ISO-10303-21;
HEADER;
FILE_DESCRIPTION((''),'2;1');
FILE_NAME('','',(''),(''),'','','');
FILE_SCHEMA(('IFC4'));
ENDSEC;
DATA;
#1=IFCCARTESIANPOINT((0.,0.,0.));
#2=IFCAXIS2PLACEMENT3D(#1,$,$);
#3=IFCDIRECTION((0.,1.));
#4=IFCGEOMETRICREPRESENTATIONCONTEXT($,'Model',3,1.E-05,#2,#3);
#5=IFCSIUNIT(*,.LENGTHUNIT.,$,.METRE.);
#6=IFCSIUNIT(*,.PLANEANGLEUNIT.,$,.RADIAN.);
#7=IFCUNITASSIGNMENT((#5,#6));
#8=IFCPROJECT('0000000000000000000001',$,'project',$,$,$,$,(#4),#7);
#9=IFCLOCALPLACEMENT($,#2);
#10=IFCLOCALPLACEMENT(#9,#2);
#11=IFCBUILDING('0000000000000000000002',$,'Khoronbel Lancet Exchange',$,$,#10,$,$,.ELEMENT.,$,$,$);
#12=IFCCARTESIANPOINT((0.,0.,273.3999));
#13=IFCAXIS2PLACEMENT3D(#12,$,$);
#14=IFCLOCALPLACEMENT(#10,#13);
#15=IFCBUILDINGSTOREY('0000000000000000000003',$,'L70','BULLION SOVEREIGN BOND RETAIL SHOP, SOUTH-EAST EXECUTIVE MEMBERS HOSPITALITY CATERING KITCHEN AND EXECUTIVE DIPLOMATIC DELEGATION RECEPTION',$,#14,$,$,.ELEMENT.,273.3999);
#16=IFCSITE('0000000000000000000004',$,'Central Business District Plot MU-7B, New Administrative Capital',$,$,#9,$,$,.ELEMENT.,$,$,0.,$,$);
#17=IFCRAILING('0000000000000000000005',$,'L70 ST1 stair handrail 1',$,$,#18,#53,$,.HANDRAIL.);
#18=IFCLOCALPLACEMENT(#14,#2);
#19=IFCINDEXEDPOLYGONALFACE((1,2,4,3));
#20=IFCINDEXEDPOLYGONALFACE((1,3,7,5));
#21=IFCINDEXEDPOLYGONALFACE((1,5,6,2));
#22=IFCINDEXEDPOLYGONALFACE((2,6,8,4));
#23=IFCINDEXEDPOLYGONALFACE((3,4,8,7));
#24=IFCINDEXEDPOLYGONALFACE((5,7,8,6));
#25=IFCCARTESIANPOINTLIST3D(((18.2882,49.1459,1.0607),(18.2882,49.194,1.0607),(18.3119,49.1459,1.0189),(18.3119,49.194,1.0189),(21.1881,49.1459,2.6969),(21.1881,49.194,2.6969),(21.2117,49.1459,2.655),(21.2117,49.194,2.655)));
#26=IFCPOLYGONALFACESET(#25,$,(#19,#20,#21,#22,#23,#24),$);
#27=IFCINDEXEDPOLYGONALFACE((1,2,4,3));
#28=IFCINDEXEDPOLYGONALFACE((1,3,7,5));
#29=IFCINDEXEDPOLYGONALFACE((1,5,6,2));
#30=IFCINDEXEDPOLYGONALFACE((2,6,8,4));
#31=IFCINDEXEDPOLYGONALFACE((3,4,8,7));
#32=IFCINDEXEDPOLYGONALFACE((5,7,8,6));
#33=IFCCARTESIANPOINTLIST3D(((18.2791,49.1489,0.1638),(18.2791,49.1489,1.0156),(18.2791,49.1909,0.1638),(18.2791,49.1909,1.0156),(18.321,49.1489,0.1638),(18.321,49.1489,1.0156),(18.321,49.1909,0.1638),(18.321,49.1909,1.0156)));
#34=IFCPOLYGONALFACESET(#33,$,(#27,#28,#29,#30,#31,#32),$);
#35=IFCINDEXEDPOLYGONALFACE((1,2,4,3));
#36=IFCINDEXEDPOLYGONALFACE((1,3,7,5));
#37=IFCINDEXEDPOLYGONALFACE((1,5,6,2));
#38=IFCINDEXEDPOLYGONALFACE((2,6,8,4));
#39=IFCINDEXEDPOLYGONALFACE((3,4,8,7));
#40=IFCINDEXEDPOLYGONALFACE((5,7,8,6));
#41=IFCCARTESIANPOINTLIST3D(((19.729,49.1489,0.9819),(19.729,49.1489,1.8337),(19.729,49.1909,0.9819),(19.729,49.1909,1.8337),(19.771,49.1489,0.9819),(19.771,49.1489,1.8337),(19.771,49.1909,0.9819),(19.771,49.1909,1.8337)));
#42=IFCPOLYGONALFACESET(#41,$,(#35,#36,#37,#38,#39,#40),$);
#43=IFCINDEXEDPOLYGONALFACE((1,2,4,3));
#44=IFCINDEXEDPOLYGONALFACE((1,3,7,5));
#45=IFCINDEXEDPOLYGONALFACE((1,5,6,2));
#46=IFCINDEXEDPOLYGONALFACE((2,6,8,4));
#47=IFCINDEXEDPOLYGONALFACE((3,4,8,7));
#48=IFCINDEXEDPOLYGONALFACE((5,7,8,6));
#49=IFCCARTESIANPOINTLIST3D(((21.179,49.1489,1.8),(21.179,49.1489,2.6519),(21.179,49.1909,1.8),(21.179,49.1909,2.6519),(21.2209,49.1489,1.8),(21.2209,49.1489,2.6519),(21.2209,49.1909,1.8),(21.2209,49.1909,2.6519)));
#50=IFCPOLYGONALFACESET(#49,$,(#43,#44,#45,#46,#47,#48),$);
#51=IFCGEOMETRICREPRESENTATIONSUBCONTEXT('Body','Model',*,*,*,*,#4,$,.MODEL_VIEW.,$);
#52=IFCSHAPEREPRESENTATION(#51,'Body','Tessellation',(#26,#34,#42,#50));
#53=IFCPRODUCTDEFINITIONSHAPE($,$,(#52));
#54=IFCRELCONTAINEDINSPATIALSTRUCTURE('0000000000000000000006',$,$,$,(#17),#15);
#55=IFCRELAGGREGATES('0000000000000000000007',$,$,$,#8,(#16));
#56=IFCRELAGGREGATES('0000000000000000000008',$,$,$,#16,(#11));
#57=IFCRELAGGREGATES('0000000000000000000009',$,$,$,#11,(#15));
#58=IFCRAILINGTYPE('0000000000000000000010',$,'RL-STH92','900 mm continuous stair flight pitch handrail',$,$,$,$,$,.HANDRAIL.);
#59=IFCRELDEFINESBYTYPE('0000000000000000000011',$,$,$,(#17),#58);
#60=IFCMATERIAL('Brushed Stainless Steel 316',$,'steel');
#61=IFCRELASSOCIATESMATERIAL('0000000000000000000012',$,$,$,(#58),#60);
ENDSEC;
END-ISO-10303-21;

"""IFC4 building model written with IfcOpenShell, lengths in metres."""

from ifc_helpers import new_model, si_unit, direction, frame, origin, origin_2d, place, context, subcontext, project, spatial, rectangle, extrude, material, type_object, element, save


model = new_model("IFC4")

# Units and contexts
model_context = context("Model", 3, precision=1e-05, world=origin(), true_north=direction((0.0, 1.0)))
body_context = subcontext(model_context, "Body", "Model", "MODEL_VIEW")
ifc_project = project(units=[si_unit("LENGTHUNIT", "METRE"), si_unit("PLANEANGLEUNIT", "RADIAN")], contexts=[model_context])

# Site, building, storey
site_placement = place(None, origin())
site = spatial("IfcSite", under=ifc_project, at=site_placement, Name="Central Business District Plot MU-7B, New Administrative Capital", CompositionType="ELEMENT", RefElevation=0.0)
building_placement = place(site_placement, origin())
building = spatial("IfcBuilding", under=site, at=building_placement, Name="Khoronbel Lancet Exchange", CompositionType="ELEMENT")
storey_placement = place(building_placement, frame((0.0, 0.0, 273.3999)))
storey = spatial("IfcBuildingStorey", under=building, at=storey_placement, Name="L70", Description="BULLION SOVEREIGN BOND RETAIL SHOP, SOUTH-EAST EXECUTIVE MEMBERS HOSPITALITY CATERING KITCHEN AND EXECUTIVE DIPLOMATIC DELEGATION RECEPTION", CompositionType="ELEMENT", Elevation=273.3999)

# Railing
ifc_material_1 = material(Name="Brushed Stainless Steel 316", Category="steel")
railing_type_1 = type_object("IfcRailingType", Name="RL-STH92", Description="900 mm continuous stair flight pitch handrail", PredefinedType="HANDRAIL", material=ifc_material_1)
railing_1_placement = place(storey_placement, frame((18.3, 49.1699, 0.1638)))
element("IfcRailing", 1, at=railing_1_placement, inside=storey, type_object=railing_type_1, Name="L70 ST1 stair handrail 1", PredefinedType="HANDRAIL", context=body_context, shape_type="SweptSolid", body=[
    extrude(rectangle(XDim=0.0481, YDim=0.0481, at=origin_2d()), frame((0.0, 0.0, 0.876), z_axis=(0.870929, 0.0, 0.49141), x_axis=(0.0, 1.0, 0.0)), (0.0, 0.0, 1.0), 3.3296),
    extrude(rectangle(XDim=0.042, YDim=0.042, at=origin_2d()), origin(), (0.0, 0.0, 1.0), 0.8518),
    extrude(rectangle(XDim=0.042, YDim=0.042, at=origin_2d()), frame((1.45, 0.0, 0.8181)), (0.0, 0.0, 1.0), 0.8518),
    extrude(rectangle(XDim=0.042, YDim=0.042, at=origin_2d()), frame((2.8999, 0.0, 1.6362)), (0.0, 0.0, 1.0), 0.8518),
])

save(model, "model.ifc")
